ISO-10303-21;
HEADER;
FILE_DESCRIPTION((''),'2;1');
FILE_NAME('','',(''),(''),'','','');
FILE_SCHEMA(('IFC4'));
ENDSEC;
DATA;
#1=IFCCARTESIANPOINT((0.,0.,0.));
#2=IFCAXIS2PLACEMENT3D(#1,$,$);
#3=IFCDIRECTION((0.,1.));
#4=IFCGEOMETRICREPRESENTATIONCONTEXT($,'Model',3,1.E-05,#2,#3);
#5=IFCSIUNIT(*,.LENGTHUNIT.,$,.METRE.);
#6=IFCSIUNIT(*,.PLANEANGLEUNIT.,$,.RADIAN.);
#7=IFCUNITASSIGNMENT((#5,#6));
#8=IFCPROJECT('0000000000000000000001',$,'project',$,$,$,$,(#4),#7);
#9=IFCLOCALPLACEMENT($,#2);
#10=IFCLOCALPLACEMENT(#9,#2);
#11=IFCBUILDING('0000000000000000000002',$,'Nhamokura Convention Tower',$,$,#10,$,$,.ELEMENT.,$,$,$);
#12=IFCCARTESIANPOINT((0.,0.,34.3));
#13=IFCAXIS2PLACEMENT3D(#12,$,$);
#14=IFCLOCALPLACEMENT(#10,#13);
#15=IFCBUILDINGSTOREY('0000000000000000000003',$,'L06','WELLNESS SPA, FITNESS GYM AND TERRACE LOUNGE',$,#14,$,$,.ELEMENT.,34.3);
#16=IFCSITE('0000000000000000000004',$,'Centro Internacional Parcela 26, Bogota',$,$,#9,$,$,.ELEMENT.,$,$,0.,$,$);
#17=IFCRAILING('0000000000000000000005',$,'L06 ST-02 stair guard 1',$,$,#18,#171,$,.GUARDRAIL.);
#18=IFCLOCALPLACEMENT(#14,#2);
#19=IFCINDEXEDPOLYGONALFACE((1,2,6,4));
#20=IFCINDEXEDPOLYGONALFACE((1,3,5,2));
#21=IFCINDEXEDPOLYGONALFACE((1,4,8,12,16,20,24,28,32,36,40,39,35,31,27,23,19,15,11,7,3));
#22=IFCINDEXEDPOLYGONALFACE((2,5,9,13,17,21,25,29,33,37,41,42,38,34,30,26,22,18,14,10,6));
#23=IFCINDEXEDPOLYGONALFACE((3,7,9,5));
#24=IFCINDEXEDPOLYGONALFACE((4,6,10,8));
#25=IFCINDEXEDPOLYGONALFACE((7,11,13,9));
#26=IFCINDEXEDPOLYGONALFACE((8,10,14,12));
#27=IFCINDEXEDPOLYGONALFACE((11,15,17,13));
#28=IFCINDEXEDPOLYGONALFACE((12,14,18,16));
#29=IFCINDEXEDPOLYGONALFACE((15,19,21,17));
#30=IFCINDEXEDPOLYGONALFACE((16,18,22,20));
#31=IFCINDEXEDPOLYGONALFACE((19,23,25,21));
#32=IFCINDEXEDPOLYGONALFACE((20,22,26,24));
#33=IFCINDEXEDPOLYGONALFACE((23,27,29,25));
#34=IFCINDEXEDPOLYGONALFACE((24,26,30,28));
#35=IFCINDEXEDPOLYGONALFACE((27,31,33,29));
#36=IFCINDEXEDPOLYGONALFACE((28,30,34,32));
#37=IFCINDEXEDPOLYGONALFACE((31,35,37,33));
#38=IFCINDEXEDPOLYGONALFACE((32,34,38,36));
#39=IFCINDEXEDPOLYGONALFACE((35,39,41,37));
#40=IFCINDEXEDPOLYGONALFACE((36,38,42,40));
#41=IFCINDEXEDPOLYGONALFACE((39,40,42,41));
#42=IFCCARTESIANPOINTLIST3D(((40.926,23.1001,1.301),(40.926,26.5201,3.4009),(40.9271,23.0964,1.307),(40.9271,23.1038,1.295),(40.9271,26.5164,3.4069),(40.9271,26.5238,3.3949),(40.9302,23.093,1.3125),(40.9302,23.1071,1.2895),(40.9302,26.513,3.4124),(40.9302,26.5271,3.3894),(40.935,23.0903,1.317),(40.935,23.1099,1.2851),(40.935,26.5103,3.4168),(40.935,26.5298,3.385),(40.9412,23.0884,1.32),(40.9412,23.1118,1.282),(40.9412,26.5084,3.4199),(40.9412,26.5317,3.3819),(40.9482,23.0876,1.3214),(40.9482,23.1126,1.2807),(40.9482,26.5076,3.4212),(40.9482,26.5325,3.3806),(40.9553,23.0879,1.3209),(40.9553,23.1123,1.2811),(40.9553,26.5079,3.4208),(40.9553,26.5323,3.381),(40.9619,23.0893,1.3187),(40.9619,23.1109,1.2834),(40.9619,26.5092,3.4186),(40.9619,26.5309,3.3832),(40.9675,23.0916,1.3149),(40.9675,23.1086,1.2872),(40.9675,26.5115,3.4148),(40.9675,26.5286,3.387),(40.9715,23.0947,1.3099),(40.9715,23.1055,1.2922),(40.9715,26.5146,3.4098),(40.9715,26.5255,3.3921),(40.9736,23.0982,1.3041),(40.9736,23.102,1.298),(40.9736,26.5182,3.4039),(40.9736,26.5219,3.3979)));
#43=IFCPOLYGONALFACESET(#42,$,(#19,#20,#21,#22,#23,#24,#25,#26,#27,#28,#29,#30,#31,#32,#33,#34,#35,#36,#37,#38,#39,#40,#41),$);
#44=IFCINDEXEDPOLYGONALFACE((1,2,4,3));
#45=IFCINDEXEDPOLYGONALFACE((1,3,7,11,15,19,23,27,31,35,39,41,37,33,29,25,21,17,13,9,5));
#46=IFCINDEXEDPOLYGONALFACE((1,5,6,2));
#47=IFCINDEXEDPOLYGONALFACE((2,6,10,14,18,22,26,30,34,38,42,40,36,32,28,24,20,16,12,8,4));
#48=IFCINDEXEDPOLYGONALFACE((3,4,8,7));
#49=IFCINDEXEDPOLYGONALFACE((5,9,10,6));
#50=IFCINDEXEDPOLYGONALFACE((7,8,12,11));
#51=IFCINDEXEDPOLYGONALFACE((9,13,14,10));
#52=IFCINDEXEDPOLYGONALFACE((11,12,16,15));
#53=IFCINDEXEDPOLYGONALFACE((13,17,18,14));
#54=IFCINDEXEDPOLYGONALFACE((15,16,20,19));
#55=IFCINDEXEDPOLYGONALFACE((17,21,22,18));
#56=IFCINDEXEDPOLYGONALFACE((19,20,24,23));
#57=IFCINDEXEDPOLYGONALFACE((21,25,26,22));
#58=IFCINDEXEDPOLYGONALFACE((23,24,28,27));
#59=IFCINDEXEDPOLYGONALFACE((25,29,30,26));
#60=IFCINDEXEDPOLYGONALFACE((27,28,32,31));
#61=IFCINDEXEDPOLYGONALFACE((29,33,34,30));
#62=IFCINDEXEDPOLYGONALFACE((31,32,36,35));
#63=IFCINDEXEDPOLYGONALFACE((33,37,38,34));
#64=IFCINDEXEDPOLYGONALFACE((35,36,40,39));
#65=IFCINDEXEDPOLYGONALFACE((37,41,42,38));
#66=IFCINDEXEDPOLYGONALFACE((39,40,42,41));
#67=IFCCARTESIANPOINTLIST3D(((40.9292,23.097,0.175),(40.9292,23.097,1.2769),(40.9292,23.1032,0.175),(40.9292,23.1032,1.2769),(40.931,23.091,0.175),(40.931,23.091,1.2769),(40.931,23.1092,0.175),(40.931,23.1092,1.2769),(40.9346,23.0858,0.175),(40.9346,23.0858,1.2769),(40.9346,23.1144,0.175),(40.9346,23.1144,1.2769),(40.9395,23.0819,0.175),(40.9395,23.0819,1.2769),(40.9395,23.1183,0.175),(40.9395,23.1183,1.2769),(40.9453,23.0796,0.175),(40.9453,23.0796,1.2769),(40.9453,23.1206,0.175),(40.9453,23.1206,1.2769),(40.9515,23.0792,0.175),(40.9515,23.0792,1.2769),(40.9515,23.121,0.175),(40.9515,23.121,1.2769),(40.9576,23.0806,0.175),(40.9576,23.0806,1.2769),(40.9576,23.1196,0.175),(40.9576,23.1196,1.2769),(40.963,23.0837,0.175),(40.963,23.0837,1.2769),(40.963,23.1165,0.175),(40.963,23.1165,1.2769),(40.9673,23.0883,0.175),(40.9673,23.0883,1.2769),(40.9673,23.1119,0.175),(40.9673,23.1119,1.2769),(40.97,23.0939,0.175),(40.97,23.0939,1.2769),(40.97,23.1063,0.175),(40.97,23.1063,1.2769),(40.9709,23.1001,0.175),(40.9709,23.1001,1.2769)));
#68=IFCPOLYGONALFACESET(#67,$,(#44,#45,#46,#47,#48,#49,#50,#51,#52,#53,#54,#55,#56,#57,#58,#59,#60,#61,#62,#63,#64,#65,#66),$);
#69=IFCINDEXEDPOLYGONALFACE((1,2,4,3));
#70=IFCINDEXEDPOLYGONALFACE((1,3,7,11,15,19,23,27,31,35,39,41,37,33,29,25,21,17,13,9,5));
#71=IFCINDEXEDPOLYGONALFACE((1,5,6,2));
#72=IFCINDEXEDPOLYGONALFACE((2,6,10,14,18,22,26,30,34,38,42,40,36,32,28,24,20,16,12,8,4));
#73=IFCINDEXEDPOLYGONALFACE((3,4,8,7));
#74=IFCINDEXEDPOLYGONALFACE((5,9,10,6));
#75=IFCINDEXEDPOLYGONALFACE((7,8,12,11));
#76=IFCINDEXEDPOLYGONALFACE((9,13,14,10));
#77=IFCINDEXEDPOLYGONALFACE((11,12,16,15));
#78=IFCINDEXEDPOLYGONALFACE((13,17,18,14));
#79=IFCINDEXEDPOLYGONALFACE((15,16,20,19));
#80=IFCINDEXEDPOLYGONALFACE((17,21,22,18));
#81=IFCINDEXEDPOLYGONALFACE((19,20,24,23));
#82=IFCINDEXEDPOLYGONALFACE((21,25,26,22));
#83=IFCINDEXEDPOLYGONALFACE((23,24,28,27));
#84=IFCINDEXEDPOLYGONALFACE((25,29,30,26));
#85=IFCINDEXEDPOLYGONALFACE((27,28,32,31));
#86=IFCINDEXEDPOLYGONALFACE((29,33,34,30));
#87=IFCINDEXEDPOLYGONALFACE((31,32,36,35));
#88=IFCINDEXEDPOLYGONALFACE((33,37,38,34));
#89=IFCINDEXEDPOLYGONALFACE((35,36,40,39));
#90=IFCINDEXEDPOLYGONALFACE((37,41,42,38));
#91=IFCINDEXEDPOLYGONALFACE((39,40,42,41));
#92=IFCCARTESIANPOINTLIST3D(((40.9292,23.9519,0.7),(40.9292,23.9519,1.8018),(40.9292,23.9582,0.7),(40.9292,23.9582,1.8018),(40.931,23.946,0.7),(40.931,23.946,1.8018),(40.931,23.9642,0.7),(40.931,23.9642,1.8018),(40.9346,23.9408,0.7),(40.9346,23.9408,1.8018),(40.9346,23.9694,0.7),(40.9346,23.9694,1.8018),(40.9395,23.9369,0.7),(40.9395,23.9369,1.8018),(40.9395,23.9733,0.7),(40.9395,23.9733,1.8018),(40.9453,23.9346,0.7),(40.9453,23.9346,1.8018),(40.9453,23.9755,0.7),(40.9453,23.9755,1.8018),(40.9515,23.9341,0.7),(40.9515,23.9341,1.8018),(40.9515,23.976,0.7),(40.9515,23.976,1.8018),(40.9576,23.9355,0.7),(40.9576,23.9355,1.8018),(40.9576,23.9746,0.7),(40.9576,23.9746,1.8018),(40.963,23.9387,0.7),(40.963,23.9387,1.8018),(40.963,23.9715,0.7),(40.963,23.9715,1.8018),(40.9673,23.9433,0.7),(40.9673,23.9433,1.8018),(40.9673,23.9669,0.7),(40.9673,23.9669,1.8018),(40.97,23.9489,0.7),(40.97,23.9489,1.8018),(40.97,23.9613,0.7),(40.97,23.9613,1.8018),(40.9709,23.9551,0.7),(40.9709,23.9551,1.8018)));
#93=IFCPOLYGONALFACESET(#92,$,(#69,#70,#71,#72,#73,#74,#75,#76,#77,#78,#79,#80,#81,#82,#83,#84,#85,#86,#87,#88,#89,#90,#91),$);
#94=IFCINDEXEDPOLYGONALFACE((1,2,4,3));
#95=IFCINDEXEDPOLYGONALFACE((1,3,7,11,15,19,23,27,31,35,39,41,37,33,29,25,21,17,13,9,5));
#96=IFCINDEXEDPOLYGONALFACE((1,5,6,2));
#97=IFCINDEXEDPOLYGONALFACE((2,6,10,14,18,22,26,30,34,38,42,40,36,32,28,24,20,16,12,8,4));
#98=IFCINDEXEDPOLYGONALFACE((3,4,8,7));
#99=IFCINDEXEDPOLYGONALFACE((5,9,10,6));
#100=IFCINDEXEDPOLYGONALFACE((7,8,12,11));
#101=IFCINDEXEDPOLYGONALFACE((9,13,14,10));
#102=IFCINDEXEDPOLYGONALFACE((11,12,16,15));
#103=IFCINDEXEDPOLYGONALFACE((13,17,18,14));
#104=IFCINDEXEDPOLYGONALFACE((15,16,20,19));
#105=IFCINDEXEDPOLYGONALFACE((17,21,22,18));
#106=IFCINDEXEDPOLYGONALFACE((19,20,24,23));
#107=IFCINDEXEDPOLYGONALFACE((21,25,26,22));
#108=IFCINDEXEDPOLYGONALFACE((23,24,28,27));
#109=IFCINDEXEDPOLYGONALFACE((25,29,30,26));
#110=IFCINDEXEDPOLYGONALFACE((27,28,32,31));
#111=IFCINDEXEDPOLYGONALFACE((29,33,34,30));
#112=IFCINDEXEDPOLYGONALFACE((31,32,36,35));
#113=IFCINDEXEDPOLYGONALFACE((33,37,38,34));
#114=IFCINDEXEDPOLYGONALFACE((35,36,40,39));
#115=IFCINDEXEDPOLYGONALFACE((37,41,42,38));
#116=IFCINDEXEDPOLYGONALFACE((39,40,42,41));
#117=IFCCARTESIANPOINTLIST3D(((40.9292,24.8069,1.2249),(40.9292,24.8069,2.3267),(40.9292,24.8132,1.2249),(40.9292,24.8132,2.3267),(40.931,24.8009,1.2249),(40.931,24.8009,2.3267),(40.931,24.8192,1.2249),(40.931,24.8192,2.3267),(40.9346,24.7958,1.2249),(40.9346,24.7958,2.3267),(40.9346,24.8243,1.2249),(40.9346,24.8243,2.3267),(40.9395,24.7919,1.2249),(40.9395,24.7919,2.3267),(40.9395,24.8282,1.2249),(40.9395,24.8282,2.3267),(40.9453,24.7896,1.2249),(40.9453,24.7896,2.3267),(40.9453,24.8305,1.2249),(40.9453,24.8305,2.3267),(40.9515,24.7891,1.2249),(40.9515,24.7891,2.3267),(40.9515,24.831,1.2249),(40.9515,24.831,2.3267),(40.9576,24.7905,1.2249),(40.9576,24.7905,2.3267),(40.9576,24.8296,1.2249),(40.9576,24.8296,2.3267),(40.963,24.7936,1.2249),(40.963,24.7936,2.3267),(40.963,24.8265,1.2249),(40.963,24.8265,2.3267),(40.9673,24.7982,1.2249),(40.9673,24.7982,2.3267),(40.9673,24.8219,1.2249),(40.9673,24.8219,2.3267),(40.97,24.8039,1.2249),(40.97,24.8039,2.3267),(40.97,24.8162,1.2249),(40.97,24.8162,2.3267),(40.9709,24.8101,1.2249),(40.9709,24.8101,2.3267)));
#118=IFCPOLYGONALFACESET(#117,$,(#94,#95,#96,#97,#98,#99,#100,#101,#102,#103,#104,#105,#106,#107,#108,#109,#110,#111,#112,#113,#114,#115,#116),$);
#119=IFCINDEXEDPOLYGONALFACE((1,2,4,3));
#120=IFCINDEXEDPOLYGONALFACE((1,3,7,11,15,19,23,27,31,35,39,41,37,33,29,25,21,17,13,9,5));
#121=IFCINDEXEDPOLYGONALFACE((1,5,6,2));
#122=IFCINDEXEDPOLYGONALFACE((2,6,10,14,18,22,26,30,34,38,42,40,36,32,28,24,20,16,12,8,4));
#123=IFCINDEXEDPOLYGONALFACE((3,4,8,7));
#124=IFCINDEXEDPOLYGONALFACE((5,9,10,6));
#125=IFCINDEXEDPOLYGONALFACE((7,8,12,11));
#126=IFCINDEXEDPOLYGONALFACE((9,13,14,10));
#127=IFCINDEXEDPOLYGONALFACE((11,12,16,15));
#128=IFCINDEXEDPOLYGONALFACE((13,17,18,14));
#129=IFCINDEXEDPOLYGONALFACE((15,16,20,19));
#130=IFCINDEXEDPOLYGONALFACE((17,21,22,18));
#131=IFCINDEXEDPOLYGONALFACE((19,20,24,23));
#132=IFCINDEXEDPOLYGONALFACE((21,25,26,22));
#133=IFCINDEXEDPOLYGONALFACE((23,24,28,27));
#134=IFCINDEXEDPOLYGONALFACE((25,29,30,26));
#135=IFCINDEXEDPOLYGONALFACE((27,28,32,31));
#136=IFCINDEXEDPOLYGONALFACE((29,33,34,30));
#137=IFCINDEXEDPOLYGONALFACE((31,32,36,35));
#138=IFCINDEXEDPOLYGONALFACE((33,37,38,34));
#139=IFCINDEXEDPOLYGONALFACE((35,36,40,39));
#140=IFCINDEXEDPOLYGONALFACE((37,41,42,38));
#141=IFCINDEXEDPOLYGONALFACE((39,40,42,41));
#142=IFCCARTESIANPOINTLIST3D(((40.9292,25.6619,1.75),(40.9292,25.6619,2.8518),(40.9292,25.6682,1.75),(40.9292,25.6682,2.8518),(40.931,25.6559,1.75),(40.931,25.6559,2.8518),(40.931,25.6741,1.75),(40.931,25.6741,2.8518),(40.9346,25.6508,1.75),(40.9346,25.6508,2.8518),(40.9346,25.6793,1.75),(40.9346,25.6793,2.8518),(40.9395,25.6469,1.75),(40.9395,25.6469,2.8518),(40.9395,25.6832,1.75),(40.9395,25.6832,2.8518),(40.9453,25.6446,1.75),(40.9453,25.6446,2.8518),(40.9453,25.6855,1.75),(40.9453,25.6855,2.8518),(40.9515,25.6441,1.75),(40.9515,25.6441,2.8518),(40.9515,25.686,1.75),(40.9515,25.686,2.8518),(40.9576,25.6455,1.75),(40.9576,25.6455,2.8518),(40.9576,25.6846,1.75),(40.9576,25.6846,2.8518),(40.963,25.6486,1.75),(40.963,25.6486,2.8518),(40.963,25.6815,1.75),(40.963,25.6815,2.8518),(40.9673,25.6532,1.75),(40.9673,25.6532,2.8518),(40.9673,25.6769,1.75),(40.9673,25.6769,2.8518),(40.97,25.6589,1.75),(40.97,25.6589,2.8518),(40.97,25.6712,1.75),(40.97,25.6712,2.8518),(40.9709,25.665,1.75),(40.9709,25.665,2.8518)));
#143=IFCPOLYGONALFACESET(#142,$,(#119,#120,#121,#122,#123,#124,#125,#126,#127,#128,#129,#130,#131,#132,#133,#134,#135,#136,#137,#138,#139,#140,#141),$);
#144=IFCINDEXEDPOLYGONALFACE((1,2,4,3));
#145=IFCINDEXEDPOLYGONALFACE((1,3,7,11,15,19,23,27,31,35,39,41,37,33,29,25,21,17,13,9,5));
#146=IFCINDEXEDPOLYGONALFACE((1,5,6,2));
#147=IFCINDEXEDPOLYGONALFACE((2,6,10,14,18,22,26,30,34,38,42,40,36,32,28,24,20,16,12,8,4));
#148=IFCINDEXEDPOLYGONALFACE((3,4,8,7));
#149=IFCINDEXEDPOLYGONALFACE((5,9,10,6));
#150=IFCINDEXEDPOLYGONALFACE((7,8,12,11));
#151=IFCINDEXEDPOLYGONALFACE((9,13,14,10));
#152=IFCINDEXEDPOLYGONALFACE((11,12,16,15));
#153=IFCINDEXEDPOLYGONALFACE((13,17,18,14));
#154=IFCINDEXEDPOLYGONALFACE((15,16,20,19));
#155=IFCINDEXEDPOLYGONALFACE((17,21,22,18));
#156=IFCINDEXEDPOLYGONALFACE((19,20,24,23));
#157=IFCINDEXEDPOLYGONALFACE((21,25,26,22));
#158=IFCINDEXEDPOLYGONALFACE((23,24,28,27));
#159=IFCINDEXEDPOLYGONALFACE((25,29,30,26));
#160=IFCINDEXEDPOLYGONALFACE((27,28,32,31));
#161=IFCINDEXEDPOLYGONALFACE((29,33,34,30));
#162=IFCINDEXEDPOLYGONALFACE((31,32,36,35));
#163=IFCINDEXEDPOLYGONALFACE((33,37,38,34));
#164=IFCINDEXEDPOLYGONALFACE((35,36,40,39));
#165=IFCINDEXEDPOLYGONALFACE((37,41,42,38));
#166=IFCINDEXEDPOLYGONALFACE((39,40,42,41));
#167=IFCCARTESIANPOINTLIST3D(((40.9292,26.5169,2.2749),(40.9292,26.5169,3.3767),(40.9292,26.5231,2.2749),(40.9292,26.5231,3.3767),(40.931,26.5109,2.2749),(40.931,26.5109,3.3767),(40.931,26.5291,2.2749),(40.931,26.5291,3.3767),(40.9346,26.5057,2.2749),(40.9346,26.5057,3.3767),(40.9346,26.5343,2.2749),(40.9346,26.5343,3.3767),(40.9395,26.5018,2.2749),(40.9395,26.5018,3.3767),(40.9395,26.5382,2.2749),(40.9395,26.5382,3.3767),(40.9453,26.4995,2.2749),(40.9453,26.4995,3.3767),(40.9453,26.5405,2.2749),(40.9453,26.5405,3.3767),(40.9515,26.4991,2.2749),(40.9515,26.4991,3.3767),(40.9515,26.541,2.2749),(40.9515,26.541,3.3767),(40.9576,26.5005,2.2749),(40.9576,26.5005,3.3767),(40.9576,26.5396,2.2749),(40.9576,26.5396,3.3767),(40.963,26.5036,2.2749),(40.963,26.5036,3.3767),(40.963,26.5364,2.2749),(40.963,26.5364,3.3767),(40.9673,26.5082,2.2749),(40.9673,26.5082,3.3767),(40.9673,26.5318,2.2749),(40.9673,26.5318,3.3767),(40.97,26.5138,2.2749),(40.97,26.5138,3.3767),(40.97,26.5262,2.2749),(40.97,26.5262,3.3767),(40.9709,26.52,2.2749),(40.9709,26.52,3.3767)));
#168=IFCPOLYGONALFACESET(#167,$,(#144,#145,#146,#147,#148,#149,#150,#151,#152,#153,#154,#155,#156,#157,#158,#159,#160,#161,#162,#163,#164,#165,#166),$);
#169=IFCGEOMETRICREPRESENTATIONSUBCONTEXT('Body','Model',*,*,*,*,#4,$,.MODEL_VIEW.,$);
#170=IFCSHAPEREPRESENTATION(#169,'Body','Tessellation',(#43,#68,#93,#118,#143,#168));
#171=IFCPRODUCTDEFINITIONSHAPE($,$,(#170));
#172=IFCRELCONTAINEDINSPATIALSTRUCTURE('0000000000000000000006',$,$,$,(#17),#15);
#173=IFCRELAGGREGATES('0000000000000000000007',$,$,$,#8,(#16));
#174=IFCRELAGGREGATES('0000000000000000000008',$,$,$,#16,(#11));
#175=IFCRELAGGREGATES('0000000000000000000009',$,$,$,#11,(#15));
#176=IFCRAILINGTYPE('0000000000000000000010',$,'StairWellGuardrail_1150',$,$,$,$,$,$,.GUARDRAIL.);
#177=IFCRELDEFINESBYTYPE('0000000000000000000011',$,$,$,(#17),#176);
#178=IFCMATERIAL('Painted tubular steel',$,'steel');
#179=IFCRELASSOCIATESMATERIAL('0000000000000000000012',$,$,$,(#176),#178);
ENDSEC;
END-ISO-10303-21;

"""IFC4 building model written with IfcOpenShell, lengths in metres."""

from ifc_helpers import new_model, si_unit, direction, frame, origin, origin_2d, place, context, subcontext, project, spatial, circle, extrude, material, type_object, element, save


model = new_model("IFC4")

# Units and contexts
model_context = context("Model", 3, precision=1e-05, world=origin(), true_north=direction((0.0, 1.0)))
body_context = subcontext(model_context, "Body", "Model", "MODEL_VIEW")
ifc_project = project(units=[si_unit("LENGTHUNIT", "METRE"), si_unit("PLANEANGLEUNIT", "RADIAN")], contexts=[model_context])

# Site, building, storey
site_placement = place(None, origin())
site = spatial("IfcSite", under=ifc_project, at=site_placement, Name="Centro Internacional Parcela 26, Bogota", CompositionType="ELEMENT", RefElevation=0.0)
building_placement = place(site_placement, origin())
building = spatial("IfcBuilding", under=site, at=building_placement, Name="Nhamokura Convention Tower", CompositionType="ELEMENT")
storey_placement = place(building_placement, frame((0.0, 0.0, 34.3)))
storey = spatial("IfcBuildingStorey", under=building, at=storey_placement, Name="L06", Description="WELLNESS SPA, FITNESS GYM AND TERRACE LOUNGE", CompositionType="ELEMENT", Elevation=34.3)

# Railing
ifc_material_1 = material(Name="Painted tubular steel", Category="steel")
railing_type_1 = type_object("IfcRailingType", Name="StairWellGuardrail_1150", PredefinedType="GUARDRAIL", material=ifc_material_1)
railing_1_placement = place(storey_placement, frame((40.95, 23.1001, 0.175)))
element("IfcRailing", 1, at=railing_1_placement, inside=storey, type_object=railing_type_1, Name="L06 ST-02 stair guard 1", PredefinedType="GUARDRAIL", context=body_context, shape_type="SweptSolid", body=[
    extrude(circle(Radius=0.0239, at=origin_2d()), frame((0.0, 0.0, 1.126), z_axis=(0.0, 0.852182, 0.523245), x_axis=(-1.0, 0.0, 0.0)), (0.0, 0.0, 1.0), 4.0132),
    extrude(circle(Radius=0.021, at=origin_2d()), origin(), (0.0, 0.0, 1.0), 1.1018),
    extrude(circle(Radius=0.021, at=origin_2d()), frame((0.0, 0.855, 0.5249)), (0.0, 0.0, 1.0), 1.1018),
    extrude(circle(Radius=0.021, at=origin_2d()), frame((0.0, 1.71, 1.0498)), (0.0, 0.0, 1.0), 1.1018),
    extrude(circle(Radius=0.021, at=origin_2d()), frame((0.0, 2.5649, 1.575)), (0.0, 0.0, 1.0), 1.1018),
    extrude(circle(Radius=0.021, at=origin_2d()), frame((0.0, 3.4199, 2.0999)), (0.0, 0.0, 1.0), 1.1018),
])

save(model, "model.ifc")
